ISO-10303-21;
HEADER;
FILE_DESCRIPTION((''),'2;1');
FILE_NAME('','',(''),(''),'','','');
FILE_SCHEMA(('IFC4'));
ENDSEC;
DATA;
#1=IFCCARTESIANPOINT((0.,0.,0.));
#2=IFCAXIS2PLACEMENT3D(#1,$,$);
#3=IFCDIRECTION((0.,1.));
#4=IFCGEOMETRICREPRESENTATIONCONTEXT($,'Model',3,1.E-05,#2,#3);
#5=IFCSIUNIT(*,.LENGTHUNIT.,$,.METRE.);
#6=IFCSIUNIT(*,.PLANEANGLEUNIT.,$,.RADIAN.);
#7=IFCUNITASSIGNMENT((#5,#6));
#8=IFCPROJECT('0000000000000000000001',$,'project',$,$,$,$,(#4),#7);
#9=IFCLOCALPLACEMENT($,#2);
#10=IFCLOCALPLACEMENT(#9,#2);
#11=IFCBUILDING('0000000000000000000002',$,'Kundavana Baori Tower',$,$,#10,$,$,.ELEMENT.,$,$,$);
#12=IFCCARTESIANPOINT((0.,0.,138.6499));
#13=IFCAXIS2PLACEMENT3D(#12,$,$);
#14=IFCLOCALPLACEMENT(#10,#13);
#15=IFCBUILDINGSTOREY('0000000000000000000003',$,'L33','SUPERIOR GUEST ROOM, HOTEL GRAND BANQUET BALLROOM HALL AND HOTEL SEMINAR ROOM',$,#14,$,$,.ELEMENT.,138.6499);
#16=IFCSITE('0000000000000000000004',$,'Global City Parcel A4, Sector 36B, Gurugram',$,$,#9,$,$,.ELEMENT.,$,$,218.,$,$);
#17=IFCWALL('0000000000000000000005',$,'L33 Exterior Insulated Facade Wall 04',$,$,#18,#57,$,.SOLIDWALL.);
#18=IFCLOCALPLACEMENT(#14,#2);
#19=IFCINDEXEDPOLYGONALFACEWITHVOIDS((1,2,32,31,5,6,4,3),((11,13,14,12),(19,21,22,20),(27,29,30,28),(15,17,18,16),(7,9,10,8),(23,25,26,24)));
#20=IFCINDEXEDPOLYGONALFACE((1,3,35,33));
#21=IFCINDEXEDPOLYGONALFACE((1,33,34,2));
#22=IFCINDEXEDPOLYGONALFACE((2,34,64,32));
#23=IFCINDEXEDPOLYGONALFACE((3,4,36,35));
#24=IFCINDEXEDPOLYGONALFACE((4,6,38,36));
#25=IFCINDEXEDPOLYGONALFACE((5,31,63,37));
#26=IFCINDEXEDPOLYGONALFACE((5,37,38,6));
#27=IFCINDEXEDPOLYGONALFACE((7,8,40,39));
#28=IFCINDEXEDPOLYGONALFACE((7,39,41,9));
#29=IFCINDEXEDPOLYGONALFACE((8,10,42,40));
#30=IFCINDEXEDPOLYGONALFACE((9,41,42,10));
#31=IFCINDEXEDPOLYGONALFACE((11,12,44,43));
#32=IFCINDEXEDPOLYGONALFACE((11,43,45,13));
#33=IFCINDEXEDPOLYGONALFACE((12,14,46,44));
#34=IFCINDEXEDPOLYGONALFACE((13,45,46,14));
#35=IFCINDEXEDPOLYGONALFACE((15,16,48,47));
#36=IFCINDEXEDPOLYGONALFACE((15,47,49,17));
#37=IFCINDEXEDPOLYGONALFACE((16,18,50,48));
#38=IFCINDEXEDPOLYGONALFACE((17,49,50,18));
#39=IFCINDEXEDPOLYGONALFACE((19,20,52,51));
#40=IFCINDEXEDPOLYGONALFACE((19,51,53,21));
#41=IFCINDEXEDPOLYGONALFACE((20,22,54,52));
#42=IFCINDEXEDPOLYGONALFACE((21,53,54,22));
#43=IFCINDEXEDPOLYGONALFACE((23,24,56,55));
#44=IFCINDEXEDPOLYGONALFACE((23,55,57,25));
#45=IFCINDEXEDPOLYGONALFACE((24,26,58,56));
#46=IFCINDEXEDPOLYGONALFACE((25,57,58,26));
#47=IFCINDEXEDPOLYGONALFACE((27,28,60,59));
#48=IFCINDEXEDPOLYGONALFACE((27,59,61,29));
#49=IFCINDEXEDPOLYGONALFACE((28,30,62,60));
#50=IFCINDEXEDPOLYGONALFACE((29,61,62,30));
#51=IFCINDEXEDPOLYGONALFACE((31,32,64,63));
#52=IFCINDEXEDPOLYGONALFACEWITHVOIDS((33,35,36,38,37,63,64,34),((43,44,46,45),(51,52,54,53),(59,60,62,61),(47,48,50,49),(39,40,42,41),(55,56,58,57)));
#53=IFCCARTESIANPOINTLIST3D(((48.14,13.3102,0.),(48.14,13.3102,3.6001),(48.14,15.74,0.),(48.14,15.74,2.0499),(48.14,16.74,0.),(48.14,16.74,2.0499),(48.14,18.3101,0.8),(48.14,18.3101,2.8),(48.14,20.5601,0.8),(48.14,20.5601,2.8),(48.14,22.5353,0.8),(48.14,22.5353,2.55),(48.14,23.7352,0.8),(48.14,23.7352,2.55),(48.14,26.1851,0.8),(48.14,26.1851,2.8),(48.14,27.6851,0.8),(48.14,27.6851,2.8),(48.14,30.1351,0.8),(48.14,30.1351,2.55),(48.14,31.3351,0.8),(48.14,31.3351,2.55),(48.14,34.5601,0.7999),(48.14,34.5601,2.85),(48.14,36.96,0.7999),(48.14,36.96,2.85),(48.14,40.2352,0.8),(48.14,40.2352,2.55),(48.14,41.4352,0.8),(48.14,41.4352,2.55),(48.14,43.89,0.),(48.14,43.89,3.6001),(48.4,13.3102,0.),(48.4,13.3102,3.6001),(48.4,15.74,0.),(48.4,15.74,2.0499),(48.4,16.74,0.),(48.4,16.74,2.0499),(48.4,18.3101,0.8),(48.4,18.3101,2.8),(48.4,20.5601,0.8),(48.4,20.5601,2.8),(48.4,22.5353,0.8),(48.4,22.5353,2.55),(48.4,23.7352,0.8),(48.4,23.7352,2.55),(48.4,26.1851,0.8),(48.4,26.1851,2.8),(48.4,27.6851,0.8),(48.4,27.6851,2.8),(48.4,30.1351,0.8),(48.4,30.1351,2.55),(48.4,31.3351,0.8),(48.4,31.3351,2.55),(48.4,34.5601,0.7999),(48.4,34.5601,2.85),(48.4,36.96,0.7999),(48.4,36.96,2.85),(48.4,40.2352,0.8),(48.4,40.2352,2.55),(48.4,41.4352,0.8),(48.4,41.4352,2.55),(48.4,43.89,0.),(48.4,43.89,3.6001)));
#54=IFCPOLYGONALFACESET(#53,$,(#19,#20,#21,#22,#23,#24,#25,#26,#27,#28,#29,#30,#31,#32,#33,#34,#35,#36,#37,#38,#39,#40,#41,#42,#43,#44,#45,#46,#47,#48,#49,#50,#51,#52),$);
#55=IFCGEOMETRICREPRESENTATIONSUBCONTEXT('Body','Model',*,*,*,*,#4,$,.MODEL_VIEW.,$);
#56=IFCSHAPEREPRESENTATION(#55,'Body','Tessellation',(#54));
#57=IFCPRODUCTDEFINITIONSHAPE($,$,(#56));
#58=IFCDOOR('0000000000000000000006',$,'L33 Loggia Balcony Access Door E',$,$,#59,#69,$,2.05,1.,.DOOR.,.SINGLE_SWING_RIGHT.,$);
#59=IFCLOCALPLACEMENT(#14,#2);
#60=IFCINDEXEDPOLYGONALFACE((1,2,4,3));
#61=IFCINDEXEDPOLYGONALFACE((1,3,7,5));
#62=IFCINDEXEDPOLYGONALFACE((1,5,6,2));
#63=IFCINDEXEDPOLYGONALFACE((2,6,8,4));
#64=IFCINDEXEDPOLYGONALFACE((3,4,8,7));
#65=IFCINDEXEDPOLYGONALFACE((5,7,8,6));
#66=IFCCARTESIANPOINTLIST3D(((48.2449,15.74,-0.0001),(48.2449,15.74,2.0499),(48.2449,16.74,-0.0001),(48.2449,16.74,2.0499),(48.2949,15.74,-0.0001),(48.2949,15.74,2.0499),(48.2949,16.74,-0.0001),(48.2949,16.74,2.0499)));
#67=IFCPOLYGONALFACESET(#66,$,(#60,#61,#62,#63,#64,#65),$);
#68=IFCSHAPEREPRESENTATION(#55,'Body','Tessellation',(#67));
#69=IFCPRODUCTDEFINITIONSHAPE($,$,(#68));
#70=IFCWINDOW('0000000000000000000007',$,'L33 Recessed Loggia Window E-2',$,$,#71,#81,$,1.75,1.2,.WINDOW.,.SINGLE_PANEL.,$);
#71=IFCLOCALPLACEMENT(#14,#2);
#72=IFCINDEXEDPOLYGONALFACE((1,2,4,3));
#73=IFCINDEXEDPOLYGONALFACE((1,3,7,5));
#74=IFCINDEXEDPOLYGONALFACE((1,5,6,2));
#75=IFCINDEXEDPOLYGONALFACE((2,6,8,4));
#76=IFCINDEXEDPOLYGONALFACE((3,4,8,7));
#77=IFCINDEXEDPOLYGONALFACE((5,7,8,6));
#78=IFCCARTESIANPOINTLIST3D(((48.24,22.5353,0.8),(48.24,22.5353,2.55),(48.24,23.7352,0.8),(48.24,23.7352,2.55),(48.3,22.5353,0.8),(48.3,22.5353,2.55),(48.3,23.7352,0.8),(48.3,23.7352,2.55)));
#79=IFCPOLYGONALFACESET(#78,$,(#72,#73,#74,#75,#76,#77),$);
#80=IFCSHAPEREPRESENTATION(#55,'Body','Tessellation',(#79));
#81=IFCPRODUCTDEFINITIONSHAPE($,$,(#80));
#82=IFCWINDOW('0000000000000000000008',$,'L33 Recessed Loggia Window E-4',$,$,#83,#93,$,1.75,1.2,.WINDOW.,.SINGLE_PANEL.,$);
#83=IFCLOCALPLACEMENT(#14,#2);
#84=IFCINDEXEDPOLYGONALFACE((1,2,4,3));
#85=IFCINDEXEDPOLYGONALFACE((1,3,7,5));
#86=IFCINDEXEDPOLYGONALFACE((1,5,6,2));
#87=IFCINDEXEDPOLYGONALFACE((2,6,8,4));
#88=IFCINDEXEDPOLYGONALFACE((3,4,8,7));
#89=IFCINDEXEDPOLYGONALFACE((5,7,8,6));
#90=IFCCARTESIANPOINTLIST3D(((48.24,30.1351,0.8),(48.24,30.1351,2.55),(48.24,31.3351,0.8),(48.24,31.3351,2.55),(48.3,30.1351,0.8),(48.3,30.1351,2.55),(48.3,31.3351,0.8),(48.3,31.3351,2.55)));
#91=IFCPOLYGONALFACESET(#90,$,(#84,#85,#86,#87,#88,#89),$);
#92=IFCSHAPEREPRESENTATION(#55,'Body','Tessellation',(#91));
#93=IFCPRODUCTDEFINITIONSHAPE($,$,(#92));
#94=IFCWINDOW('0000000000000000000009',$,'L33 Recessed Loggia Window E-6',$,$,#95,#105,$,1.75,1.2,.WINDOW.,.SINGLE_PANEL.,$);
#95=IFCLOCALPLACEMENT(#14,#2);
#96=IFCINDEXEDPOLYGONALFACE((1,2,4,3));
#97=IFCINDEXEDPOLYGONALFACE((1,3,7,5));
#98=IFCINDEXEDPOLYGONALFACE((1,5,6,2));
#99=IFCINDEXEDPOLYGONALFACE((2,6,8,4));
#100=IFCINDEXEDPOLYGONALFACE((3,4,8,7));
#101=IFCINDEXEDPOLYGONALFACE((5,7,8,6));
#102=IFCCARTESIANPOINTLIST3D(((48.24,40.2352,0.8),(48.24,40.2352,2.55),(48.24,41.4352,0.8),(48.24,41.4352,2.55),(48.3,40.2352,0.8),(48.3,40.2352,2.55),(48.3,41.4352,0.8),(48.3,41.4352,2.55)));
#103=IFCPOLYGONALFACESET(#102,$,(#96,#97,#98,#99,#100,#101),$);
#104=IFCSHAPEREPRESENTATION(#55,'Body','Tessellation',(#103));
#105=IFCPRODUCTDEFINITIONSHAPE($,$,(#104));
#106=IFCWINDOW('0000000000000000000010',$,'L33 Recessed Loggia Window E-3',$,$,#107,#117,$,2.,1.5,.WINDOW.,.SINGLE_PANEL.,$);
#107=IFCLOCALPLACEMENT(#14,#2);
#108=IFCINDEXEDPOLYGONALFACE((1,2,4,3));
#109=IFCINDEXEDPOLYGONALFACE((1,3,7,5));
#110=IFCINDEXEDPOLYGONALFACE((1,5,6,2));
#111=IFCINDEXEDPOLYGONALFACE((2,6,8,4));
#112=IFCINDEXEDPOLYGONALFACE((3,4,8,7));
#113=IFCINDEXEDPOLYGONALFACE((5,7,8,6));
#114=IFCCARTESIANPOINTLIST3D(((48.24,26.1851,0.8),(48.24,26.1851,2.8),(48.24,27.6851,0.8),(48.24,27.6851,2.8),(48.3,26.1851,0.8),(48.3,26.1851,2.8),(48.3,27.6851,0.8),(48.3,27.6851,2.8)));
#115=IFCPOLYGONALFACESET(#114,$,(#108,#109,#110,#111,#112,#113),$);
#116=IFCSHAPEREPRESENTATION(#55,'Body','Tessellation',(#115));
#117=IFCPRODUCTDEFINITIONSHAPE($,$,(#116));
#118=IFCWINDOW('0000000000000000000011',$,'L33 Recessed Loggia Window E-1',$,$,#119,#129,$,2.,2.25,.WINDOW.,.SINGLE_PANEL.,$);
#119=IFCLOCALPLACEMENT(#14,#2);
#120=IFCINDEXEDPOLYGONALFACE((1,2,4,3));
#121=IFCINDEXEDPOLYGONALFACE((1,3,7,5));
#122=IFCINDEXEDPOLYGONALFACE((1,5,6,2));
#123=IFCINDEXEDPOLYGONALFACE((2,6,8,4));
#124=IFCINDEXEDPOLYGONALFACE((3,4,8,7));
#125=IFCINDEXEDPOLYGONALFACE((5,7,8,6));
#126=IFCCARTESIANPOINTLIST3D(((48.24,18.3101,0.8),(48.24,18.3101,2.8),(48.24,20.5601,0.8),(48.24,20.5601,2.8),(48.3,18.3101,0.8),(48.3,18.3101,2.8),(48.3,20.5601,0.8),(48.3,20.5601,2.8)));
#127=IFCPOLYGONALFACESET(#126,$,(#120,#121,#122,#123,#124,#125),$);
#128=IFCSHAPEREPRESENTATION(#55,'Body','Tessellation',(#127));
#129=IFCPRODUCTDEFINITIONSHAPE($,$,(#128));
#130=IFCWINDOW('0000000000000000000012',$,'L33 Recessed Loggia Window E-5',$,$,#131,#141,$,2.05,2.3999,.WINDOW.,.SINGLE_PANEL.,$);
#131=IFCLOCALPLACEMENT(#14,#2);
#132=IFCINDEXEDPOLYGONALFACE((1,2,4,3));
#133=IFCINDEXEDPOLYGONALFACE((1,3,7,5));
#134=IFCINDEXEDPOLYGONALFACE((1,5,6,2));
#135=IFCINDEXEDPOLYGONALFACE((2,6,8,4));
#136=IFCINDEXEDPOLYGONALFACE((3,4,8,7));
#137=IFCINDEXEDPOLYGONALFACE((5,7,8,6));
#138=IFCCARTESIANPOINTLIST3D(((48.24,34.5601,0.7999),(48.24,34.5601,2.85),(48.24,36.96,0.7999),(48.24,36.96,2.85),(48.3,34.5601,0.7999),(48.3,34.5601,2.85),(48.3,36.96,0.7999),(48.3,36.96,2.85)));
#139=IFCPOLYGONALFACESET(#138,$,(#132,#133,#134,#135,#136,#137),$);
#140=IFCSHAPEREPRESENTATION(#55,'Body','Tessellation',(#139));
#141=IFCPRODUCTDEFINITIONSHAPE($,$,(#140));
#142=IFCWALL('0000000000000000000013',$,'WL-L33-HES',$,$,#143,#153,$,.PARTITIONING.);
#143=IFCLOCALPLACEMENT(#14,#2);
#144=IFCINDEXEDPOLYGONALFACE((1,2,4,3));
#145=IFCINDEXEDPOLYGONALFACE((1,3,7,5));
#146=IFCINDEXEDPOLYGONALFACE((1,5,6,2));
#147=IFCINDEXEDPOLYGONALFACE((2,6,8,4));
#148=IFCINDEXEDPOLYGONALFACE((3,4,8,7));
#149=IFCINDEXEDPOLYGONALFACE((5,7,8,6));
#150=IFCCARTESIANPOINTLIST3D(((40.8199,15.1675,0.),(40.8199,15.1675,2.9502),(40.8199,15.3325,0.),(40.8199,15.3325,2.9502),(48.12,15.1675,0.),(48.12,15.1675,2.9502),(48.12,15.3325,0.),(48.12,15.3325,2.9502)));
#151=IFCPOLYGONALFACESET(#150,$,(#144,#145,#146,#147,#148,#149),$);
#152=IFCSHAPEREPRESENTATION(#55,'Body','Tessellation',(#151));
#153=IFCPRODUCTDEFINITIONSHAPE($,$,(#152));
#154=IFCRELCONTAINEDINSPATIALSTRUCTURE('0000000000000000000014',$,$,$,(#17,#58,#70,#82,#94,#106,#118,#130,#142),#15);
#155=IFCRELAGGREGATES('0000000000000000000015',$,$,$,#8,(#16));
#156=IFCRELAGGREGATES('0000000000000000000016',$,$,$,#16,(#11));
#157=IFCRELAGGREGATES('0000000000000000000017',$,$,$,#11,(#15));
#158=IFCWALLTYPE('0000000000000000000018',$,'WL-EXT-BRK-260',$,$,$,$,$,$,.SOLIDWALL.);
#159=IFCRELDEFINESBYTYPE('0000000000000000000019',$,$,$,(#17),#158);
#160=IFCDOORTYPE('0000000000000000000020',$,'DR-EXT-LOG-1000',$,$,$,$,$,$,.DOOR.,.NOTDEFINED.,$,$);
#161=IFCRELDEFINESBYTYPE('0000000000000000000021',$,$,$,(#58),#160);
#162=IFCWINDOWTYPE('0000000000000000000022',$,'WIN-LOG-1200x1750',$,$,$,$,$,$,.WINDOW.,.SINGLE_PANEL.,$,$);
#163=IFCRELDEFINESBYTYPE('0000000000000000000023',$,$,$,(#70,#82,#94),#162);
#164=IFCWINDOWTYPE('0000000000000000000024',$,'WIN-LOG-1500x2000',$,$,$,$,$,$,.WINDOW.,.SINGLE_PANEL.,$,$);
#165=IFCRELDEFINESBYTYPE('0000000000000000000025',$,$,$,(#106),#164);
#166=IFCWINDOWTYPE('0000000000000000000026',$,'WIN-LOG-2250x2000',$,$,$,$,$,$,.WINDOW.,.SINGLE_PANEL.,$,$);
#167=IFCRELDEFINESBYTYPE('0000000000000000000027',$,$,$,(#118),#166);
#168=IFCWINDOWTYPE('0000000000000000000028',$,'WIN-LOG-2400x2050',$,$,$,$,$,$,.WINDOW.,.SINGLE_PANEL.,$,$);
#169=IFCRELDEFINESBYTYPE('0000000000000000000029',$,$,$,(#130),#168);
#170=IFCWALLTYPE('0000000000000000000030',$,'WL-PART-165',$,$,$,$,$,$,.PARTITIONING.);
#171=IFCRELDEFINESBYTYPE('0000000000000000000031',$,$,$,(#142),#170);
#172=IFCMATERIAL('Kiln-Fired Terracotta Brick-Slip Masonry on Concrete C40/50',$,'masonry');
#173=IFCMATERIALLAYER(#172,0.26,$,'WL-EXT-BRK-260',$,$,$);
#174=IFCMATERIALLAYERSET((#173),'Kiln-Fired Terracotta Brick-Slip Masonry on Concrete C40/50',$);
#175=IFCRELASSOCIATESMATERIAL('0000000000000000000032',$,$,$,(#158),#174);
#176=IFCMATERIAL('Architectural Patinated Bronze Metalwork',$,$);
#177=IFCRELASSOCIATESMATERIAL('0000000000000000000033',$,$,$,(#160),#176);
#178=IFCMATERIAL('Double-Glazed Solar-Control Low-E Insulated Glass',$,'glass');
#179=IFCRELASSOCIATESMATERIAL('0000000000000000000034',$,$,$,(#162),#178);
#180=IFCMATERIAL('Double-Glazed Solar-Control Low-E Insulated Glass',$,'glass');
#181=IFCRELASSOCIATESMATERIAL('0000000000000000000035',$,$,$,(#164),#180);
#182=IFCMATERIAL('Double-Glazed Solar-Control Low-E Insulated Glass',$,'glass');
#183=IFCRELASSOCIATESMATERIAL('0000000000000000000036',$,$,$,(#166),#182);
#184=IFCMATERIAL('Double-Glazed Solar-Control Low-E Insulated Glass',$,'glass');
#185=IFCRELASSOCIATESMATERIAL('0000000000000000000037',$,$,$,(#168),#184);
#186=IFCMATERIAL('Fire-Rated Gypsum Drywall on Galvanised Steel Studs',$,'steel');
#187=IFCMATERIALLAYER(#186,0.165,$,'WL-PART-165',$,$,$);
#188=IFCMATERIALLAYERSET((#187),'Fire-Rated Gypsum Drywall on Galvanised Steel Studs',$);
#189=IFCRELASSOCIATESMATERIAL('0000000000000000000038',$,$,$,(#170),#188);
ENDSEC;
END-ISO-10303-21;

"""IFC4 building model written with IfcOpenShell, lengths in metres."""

from ifc_helpers import new_model, si_unit, direction, frame, frame_2d, origin, place, context, subcontext, project, spatial, rectangle, extrude, material, layer, layer_set, type_object, element, fill, save


model = new_model("IFC4")

# Units and contexts
model_context = context("Model", 3, precision=1e-05, world=origin(), true_north=direction((0.0, 1.0)))
body_context = subcontext(model_context, "Body", "Model", "MODEL_VIEW")
ifc_project = project(units=[si_unit("LENGTHUNIT", "METRE"), si_unit("PLANEANGLEUNIT", "RADIAN")], contexts=[model_context])

# Site, building, storey
site_placement = place(None, origin())
site = spatial("IfcSite", under=ifc_project, at=site_placement, Name="Global City Parcel A4, Sector 36B, Gurugram", CompositionType="ELEMENT", RefElevation=218.0)
building_placement = place(site_placement, origin())
building = spatial("IfcBuilding", under=site, at=building_placement, Name="Kundavana Baori Tower", CompositionType="ELEMENT")
storey_placement = place(building_placement, frame((0.0, 0.0, 138.6499)))
storey = spatial("IfcBuildingStorey", under=building, at=storey_placement, Name="L33", Description="SUPERIOR GUEST ROOM, HOTEL GRAND BANQUET BALLROOM HALL AND HOTEL SEMINAR ROOM", CompositionType="ELEMENT", Elevation=138.6499)

# Shared definitions
ifc_material_1 = material(Name="Kiln-Fired Terracotta Brick-Slip Masonry on Concrete C40/50", Category="masonry")
ifc_layer_1 = layer(ifc_material_1, 0.26, Name="WL-EXT-BRK-260")
ifc_layer_set_1 = layer_set([ifc_layer_1], Name="Kiln-Fired Terracotta Brick-Slip Masonry on Concrete C40/50")
wall_type_1 = type_object("IfcWallType", Name="WL-EXT-BRK-260", PredefinedType="SOLIDWALL", material=ifc_layer_set_1)

# Wall, openings, door, windows
wall_1_placement = place(storey_placement, frame((48.27, 13.3101, 0.0), z_axis=(0.0, 0.0, 1.0), x_axis=(0.0, 1.0, 0.0)))
wall_1 = element("IfcWall", 1, at=wall_1_placement, inside=storey, type_object=wall_type_1, Name="L33 Exterior Insulated Facade Wall 04", PredefinedType="SOLIDWALL", context=body_context, shape_type="SweptSolid", body=[
    extrude(rectangle(XDim=30.5798, YDim=0.26, at=frame_2d((15.29, 0.0))), origin(), (0.0, 0.0, 1.0), 3.6001),
])
opening_1_placement = place(wall_1_placement, frame((2.4299, 0.0, 0.0)))
opening_1 = element("IfcOpeningElement", 2, at=opening_1_placement, cuts=wall_1, PredefinedType="OPENING", context=body_context, shape_type="SweptSolid", body=[
    extrude(rectangle(XDim=1.0, YDim=2.05, at=frame_2d((0.5, 1.0249))), frame((0.0, 0.1401, 0.0), z_axis=(0.0, -1.0, 0.0), x_axis=(1.0, 0.0, 0.0)), (0.0, 0.0, 1.0), 0.28),
])
opening_2_placement = place(wall_1_placement, frame((5.0, 0.0, 0.8)))
opening_2 = element("IfcOpeningElement", 3, at=opening_2_placement, cuts=wall_1, PredefinedType="OPENING", context=body_context, shape_type="SweptSolid", body=[
    extrude(rectangle(XDim=2.25, YDim=2.0, at=frame_2d((1.125, 1.0))), frame((0.0, 0.1401, 0.0), z_axis=(0.0, -1.0, 0.0), x_axis=(1.0, 0.0, 0.0)), (0.0, 0.0, 1.0), 0.28),
])
opening_3_placement = place(wall_1_placement, frame((9.2251, 0.0, 0.8)))
opening_3 = element("IfcOpeningElement", 4, at=opening_3_placement, cuts=wall_1, PredefinedType="OPENING", context=body_context, shape_type="SweptSolid", body=[
    extrude(rectangle(XDim=1.2, YDim=1.75, at=frame_2d((0.6001, 0.875))), frame((0.0, 0.1401, 0.0), z_axis=(0.0, -1.0, 0.0), x_axis=(1.0, 0.0, 0.0)), (0.0, 0.0, 1.0), 0.28),
])
opening_4_placement = place(wall_1_placement, frame((12.875, 0.0, 0.8)))
opening_4 = element("IfcOpeningElement", 5, at=opening_4_placement, cuts=wall_1, PredefinedType="OPENING", context=body_context, shape_type="SweptSolid", body=[
    extrude(rectangle(XDim=1.5, YDim=2.0, at=frame_2d((0.75, 1.0))), frame((0.0, 0.1401, 0.0), z_axis=(0.0, -1.0, 0.0), x_axis=(1.0, 0.0, 0.0)), (0.0, 0.0, 1.0), 0.28),
])
opening_5_placement = place(wall_1_placement, frame((16.825, 0.0, 0.8)))
opening_5 = element("IfcOpeningElement", 6, at=opening_5_placement, cuts=wall_1, PredefinedType="OPENING", context=body_context, shape_type="SweptSolid", body=[
    extrude(rectangle(XDim=1.2, YDim=1.75, at=frame_2d((0.6001, 0.875))), frame((0.0, 0.1401, 0.0), z_axis=(0.0, -1.0, 0.0), x_axis=(1.0, 0.0, 0.0)), (0.0, 0.0, 1.0), 0.28),
])
opening_6_placement = place(wall_1_placement, frame((21.25, 0.0, 0.8)))
opening_6 = element("IfcOpeningElement", 7, at=opening_6_placement, cuts=wall_1, PredefinedType="OPENING", context=body_context, shape_type="SweptSolid", body=[
    extrude(rectangle(XDim=2.3999, YDim=2.05, at=frame_2d((1.2, 1.0249))), frame((0.0, 0.1401, 0.0), z_axis=(0.0, -1.0, 0.0), x_axis=(1.0, 0.0, 0.0)), (0.0, 0.0, 1.0), 0.28),
])
opening_7_placement = place(wall_1_placement, frame((26.925, 0.0, 0.8)))
opening_7 = element("IfcOpeningElement", 8, at=opening_7_placement, cuts=wall_1, PredefinedType="OPENING", context=body_context, shape_type="SweptSolid", body=[
    extrude(rectangle(XDim=1.2, YDim=1.75, at=frame_2d((0.6001, 0.875))), frame((0.0, 0.1401, 0.0), z_axis=(0.0, -1.0, 0.0), x_axis=(1.0, 0.0, 0.0)), (0.0, 0.0, 1.0), 0.28),
])
ifc_material_2 = material(Name="Architectural Patinated Bronze Metalwork")
door_type = type_object("IfcDoorType", Name="DR-EXT-LOG-1000", OperationType="NOTDEFINED", PredefinedType="DOOR", material=ifc_material_2)
door_placement = place(opening_1_placement, frame((1.0, 0.0, 0.0), z_axis=(0.0, 0.0, 1.0), x_axis=(-1.0, 0.0, 0.0)))
door = element("IfcDoor", 9, at=door_placement, inside=storey, type_object=door_type, Name="L33 Loggia Balcony Access Door E", OperationType="SINGLE_SWING_RIGHT", OverallHeight=2.05, OverallWidth=1.0, PredefinedType="DOOR", context=body_context, shape_type="SweptSolid", body=[
    extrude(rectangle(XDim=1.0, YDim=2.05, at=frame_2d((0.5, 1.0249))), frame((0.0, 0.0249, 0.0), z_axis=(0.0, -1.0, 0.0), x_axis=(1.0, 0.0, 0.0)), (0.0, 0.0, 1.0), 0.05),
])
fill(opening_1, door)
ifc_material_3 = material(Name="Double-Glazed Solar-Control Low-E Insulated Glass", Category="glass")
window_type_1 = type_object("IfcWindowType", Name="WIN-LOG-1200x1750", PartitioningType="SINGLE_PANEL", PredefinedType="WINDOW", material=ifc_material_3)
window_1_placement = place(opening_3_placement, origin())
window_1 = element("IfcWindow", 10, at=window_1_placement, inside=storey, type_object=window_type_1, Name="L33 Recessed Loggia Window E-2", OverallHeight=1.75, OverallWidth=1.2, PartitioningType="SINGLE_PANEL", PredefinedType="WINDOW", context=body_context, shape_type="SweptSolid", body=[
    extrude(rectangle(XDim=1.2, YDim=1.75, at=frame_2d((0.6001, 0.875))), frame((0.0, 0.03, 0.0), z_axis=(0.0, -1.0, 0.0), x_axis=(1.0, 0.0, 0.0)), (0.0, 0.0, 1.0), 0.0601),
])
fill(opening_3, window_1)
window_2_placement = place(opening_5_placement, origin())
window_2 = element("IfcWindow", 11, at=window_2_placement, inside=storey, type_object=window_type_1, Name="L33 Recessed Loggia Window E-4", OverallHeight=1.75, OverallWidth=1.2, PartitioningType="SINGLE_PANEL", PredefinedType="WINDOW", context=body_context, shape_type="SweptSolid", body=[
    extrude(rectangle(XDim=1.2, YDim=1.75, at=frame_2d((0.6001, 0.875))), frame((0.0, 0.03, 0.0), z_axis=(0.0, -1.0, 0.0), x_axis=(1.0, 0.0, 0.0)), (0.0, 0.0, 1.0), 0.0601),
])
fill(opening_5, window_2)
window_3_placement = place(opening_7_placement, origin())
window_3 = element("IfcWindow", 12, at=window_3_placement, inside=storey, type_object=window_type_1, Name="L33 Recessed Loggia Window E-6", OverallHeight=1.75, OverallWidth=1.2, PartitioningType="SINGLE_PANEL", PredefinedType="WINDOW", context=body_context, shape_type="SweptSolid", body=[
    extrude(rectangle(XDim=1.2, YDim=1.75, at=frame_2d((0.6001, 0.875))), frame((0.0, 0.03, 0.0), z_axis=(0.0, -1.0, 0.0), x_axis=(1.0, 0.0, 0.0)), (0.0, 0.0, 1.0), 0.0601),
])
fill(opening_7, window_3)
ifc_material_4 = material(Name="Double-Glazed Solar-Control Low-E Insulated Glass", Category="glass")
window_type_2 = type_object("IfcWindowType", Name="WIN-LOG-1500x2000", PartitioningType="SINGLE_PANEL", PredefinedType="WINDOW", material=ifc_material_4)
window_4_placement = place(opening_4_placement, origin())
window_4 = element("IfcWindow", 13, at=window_4_placement, inside=storey, type_object=window_type_2, Name="L33 Recessed Loggia Window E-3", OverallHeight=2.0, OverallWidth=1.5, PartitioningType="SINGLE_PANEL", PredefinedType="WINDOW", context=body_context, shape_type="SweptSolid", body=[
    extrude(rectangle(XDim=1.5, YDim=2.0, at=frame_2d((0.75, 1.0))), frame((0.0, 0.03, 0.0), z_axis=(0.0, -1.0, 0.0), x_axis=(1.0, 0.0, 0.0)), (0.0, 0.0, 1.0), 0.0601),
])
fill(opening_4, window_4)
ifc_material_5 = material(Name="Double-Glazed Solar-Control Low-E Insulated Glass", Category="glass")
window_type_3 = type_object("IfcWindowType", Name="WIN-LOG-2250x2000", PartitioningType="SINGLE_PANEL", PredefinedType="WINDOW", material=ifc_material_5)
window_5_placement = place(opening_2_placement, origin())
window_5 = element("IfcWindow", 14, at=window_5_placement, inside=storey, type_object=window_type_3, Name="L33 Recessed Loggia Window E-1", OverallHeight=2.0, OverallWidth=2.25, PartitioningType="SINGLE_PANEL", PredefinedType="WINDOW", context=body_context, shape_type="SweptSolid", body=[
    extrude(rectangle(XDim=2.25, YDim=2.0, at=frame_2d((1.125, 1.0))), frame((0.0, 0.03, 0.0), z_axis=(0.0, -1.0, 0.0), x_axis=(1.0, 0.0, 0.0)), (0.0, 0.0, 1.0), 0.0601),
])
fill(opening_2, window_5)
ifc_material_6 = material(Name="Double-Glazed Solar-Control Low-E Insulated Glass", Category="glass")
window_type_4 = type_object("IfcWindowType", Name="WIN-LOG-2400x2050", PartitioningType="SINGLE_PANEL", PredefinedType="WINDOW", material=ifc_material_6)
window_6_placement = place(opening_6_placement, origin())
window_6 = element("IfcWindow", 15, at=window_6_placement, inside=storey, type_object=window_type_4, Name="L33 Recessed Loggia Window E-5", OverallHeight=2.05, OverallWidth=2.3999, PartitioningType="SINGLE_PANEL", PredefinedType="WINDOW", context=body_context, shape_type="SweptSolid", body=[
    extrude(rectangle(XDim=2.3999, YDim=2.05, at=frame_2d((1.2, 1.0249))), frame((0.0, 0.03, 0.0), z_axis=(0.0, -1.0, 0.0), x_axis=(1.0, 0.0, 0.0)), (0.0, 0.0, 1.0), 0.0601),
])
fill(opening_6, window_6)

# Wall
ifc_material_7 = material(Name="Fire-Rated Gypsum Drywall on Galvanised Steel Studs", Category="steel")
ifc_layer_2 = layer(ifc_material_7, 0.165, Name="WL-PART-165")
ifc_layer_set_2 = layer_set([ifc_layer_2], Name="Fire-Rated Gypsum Drywall on Galvanised Steel Studs")
wall_type_2 = type_object("IfcWallType", Name="WL-PART-165", PredefinedType="PARTITIONING", material=ifc_layer_set_2)
wall_2_placement = place(storey_placement, frame((40.8201, 15.25, 0.0), z_axis=(0.0, 0.0, 1.0), x_axis=(1.0, 0.0, 0.0)))
element("IfcWall", 16, at=wall_2_placement, inside=storey, type_object=wall_type_2, Name="WL-L33-HES", PredefinedType="PARTITIONING", context=body_context, shape_type="SweptSolid", body=[
    extrude(rectangle(XDim=7.3, YDim=0.165, at=frame_2d((3.6499, 0.0))), origin(), (0.0, 0.0, 1.0), 2.9502),
])

save(model, "model.ifc")
